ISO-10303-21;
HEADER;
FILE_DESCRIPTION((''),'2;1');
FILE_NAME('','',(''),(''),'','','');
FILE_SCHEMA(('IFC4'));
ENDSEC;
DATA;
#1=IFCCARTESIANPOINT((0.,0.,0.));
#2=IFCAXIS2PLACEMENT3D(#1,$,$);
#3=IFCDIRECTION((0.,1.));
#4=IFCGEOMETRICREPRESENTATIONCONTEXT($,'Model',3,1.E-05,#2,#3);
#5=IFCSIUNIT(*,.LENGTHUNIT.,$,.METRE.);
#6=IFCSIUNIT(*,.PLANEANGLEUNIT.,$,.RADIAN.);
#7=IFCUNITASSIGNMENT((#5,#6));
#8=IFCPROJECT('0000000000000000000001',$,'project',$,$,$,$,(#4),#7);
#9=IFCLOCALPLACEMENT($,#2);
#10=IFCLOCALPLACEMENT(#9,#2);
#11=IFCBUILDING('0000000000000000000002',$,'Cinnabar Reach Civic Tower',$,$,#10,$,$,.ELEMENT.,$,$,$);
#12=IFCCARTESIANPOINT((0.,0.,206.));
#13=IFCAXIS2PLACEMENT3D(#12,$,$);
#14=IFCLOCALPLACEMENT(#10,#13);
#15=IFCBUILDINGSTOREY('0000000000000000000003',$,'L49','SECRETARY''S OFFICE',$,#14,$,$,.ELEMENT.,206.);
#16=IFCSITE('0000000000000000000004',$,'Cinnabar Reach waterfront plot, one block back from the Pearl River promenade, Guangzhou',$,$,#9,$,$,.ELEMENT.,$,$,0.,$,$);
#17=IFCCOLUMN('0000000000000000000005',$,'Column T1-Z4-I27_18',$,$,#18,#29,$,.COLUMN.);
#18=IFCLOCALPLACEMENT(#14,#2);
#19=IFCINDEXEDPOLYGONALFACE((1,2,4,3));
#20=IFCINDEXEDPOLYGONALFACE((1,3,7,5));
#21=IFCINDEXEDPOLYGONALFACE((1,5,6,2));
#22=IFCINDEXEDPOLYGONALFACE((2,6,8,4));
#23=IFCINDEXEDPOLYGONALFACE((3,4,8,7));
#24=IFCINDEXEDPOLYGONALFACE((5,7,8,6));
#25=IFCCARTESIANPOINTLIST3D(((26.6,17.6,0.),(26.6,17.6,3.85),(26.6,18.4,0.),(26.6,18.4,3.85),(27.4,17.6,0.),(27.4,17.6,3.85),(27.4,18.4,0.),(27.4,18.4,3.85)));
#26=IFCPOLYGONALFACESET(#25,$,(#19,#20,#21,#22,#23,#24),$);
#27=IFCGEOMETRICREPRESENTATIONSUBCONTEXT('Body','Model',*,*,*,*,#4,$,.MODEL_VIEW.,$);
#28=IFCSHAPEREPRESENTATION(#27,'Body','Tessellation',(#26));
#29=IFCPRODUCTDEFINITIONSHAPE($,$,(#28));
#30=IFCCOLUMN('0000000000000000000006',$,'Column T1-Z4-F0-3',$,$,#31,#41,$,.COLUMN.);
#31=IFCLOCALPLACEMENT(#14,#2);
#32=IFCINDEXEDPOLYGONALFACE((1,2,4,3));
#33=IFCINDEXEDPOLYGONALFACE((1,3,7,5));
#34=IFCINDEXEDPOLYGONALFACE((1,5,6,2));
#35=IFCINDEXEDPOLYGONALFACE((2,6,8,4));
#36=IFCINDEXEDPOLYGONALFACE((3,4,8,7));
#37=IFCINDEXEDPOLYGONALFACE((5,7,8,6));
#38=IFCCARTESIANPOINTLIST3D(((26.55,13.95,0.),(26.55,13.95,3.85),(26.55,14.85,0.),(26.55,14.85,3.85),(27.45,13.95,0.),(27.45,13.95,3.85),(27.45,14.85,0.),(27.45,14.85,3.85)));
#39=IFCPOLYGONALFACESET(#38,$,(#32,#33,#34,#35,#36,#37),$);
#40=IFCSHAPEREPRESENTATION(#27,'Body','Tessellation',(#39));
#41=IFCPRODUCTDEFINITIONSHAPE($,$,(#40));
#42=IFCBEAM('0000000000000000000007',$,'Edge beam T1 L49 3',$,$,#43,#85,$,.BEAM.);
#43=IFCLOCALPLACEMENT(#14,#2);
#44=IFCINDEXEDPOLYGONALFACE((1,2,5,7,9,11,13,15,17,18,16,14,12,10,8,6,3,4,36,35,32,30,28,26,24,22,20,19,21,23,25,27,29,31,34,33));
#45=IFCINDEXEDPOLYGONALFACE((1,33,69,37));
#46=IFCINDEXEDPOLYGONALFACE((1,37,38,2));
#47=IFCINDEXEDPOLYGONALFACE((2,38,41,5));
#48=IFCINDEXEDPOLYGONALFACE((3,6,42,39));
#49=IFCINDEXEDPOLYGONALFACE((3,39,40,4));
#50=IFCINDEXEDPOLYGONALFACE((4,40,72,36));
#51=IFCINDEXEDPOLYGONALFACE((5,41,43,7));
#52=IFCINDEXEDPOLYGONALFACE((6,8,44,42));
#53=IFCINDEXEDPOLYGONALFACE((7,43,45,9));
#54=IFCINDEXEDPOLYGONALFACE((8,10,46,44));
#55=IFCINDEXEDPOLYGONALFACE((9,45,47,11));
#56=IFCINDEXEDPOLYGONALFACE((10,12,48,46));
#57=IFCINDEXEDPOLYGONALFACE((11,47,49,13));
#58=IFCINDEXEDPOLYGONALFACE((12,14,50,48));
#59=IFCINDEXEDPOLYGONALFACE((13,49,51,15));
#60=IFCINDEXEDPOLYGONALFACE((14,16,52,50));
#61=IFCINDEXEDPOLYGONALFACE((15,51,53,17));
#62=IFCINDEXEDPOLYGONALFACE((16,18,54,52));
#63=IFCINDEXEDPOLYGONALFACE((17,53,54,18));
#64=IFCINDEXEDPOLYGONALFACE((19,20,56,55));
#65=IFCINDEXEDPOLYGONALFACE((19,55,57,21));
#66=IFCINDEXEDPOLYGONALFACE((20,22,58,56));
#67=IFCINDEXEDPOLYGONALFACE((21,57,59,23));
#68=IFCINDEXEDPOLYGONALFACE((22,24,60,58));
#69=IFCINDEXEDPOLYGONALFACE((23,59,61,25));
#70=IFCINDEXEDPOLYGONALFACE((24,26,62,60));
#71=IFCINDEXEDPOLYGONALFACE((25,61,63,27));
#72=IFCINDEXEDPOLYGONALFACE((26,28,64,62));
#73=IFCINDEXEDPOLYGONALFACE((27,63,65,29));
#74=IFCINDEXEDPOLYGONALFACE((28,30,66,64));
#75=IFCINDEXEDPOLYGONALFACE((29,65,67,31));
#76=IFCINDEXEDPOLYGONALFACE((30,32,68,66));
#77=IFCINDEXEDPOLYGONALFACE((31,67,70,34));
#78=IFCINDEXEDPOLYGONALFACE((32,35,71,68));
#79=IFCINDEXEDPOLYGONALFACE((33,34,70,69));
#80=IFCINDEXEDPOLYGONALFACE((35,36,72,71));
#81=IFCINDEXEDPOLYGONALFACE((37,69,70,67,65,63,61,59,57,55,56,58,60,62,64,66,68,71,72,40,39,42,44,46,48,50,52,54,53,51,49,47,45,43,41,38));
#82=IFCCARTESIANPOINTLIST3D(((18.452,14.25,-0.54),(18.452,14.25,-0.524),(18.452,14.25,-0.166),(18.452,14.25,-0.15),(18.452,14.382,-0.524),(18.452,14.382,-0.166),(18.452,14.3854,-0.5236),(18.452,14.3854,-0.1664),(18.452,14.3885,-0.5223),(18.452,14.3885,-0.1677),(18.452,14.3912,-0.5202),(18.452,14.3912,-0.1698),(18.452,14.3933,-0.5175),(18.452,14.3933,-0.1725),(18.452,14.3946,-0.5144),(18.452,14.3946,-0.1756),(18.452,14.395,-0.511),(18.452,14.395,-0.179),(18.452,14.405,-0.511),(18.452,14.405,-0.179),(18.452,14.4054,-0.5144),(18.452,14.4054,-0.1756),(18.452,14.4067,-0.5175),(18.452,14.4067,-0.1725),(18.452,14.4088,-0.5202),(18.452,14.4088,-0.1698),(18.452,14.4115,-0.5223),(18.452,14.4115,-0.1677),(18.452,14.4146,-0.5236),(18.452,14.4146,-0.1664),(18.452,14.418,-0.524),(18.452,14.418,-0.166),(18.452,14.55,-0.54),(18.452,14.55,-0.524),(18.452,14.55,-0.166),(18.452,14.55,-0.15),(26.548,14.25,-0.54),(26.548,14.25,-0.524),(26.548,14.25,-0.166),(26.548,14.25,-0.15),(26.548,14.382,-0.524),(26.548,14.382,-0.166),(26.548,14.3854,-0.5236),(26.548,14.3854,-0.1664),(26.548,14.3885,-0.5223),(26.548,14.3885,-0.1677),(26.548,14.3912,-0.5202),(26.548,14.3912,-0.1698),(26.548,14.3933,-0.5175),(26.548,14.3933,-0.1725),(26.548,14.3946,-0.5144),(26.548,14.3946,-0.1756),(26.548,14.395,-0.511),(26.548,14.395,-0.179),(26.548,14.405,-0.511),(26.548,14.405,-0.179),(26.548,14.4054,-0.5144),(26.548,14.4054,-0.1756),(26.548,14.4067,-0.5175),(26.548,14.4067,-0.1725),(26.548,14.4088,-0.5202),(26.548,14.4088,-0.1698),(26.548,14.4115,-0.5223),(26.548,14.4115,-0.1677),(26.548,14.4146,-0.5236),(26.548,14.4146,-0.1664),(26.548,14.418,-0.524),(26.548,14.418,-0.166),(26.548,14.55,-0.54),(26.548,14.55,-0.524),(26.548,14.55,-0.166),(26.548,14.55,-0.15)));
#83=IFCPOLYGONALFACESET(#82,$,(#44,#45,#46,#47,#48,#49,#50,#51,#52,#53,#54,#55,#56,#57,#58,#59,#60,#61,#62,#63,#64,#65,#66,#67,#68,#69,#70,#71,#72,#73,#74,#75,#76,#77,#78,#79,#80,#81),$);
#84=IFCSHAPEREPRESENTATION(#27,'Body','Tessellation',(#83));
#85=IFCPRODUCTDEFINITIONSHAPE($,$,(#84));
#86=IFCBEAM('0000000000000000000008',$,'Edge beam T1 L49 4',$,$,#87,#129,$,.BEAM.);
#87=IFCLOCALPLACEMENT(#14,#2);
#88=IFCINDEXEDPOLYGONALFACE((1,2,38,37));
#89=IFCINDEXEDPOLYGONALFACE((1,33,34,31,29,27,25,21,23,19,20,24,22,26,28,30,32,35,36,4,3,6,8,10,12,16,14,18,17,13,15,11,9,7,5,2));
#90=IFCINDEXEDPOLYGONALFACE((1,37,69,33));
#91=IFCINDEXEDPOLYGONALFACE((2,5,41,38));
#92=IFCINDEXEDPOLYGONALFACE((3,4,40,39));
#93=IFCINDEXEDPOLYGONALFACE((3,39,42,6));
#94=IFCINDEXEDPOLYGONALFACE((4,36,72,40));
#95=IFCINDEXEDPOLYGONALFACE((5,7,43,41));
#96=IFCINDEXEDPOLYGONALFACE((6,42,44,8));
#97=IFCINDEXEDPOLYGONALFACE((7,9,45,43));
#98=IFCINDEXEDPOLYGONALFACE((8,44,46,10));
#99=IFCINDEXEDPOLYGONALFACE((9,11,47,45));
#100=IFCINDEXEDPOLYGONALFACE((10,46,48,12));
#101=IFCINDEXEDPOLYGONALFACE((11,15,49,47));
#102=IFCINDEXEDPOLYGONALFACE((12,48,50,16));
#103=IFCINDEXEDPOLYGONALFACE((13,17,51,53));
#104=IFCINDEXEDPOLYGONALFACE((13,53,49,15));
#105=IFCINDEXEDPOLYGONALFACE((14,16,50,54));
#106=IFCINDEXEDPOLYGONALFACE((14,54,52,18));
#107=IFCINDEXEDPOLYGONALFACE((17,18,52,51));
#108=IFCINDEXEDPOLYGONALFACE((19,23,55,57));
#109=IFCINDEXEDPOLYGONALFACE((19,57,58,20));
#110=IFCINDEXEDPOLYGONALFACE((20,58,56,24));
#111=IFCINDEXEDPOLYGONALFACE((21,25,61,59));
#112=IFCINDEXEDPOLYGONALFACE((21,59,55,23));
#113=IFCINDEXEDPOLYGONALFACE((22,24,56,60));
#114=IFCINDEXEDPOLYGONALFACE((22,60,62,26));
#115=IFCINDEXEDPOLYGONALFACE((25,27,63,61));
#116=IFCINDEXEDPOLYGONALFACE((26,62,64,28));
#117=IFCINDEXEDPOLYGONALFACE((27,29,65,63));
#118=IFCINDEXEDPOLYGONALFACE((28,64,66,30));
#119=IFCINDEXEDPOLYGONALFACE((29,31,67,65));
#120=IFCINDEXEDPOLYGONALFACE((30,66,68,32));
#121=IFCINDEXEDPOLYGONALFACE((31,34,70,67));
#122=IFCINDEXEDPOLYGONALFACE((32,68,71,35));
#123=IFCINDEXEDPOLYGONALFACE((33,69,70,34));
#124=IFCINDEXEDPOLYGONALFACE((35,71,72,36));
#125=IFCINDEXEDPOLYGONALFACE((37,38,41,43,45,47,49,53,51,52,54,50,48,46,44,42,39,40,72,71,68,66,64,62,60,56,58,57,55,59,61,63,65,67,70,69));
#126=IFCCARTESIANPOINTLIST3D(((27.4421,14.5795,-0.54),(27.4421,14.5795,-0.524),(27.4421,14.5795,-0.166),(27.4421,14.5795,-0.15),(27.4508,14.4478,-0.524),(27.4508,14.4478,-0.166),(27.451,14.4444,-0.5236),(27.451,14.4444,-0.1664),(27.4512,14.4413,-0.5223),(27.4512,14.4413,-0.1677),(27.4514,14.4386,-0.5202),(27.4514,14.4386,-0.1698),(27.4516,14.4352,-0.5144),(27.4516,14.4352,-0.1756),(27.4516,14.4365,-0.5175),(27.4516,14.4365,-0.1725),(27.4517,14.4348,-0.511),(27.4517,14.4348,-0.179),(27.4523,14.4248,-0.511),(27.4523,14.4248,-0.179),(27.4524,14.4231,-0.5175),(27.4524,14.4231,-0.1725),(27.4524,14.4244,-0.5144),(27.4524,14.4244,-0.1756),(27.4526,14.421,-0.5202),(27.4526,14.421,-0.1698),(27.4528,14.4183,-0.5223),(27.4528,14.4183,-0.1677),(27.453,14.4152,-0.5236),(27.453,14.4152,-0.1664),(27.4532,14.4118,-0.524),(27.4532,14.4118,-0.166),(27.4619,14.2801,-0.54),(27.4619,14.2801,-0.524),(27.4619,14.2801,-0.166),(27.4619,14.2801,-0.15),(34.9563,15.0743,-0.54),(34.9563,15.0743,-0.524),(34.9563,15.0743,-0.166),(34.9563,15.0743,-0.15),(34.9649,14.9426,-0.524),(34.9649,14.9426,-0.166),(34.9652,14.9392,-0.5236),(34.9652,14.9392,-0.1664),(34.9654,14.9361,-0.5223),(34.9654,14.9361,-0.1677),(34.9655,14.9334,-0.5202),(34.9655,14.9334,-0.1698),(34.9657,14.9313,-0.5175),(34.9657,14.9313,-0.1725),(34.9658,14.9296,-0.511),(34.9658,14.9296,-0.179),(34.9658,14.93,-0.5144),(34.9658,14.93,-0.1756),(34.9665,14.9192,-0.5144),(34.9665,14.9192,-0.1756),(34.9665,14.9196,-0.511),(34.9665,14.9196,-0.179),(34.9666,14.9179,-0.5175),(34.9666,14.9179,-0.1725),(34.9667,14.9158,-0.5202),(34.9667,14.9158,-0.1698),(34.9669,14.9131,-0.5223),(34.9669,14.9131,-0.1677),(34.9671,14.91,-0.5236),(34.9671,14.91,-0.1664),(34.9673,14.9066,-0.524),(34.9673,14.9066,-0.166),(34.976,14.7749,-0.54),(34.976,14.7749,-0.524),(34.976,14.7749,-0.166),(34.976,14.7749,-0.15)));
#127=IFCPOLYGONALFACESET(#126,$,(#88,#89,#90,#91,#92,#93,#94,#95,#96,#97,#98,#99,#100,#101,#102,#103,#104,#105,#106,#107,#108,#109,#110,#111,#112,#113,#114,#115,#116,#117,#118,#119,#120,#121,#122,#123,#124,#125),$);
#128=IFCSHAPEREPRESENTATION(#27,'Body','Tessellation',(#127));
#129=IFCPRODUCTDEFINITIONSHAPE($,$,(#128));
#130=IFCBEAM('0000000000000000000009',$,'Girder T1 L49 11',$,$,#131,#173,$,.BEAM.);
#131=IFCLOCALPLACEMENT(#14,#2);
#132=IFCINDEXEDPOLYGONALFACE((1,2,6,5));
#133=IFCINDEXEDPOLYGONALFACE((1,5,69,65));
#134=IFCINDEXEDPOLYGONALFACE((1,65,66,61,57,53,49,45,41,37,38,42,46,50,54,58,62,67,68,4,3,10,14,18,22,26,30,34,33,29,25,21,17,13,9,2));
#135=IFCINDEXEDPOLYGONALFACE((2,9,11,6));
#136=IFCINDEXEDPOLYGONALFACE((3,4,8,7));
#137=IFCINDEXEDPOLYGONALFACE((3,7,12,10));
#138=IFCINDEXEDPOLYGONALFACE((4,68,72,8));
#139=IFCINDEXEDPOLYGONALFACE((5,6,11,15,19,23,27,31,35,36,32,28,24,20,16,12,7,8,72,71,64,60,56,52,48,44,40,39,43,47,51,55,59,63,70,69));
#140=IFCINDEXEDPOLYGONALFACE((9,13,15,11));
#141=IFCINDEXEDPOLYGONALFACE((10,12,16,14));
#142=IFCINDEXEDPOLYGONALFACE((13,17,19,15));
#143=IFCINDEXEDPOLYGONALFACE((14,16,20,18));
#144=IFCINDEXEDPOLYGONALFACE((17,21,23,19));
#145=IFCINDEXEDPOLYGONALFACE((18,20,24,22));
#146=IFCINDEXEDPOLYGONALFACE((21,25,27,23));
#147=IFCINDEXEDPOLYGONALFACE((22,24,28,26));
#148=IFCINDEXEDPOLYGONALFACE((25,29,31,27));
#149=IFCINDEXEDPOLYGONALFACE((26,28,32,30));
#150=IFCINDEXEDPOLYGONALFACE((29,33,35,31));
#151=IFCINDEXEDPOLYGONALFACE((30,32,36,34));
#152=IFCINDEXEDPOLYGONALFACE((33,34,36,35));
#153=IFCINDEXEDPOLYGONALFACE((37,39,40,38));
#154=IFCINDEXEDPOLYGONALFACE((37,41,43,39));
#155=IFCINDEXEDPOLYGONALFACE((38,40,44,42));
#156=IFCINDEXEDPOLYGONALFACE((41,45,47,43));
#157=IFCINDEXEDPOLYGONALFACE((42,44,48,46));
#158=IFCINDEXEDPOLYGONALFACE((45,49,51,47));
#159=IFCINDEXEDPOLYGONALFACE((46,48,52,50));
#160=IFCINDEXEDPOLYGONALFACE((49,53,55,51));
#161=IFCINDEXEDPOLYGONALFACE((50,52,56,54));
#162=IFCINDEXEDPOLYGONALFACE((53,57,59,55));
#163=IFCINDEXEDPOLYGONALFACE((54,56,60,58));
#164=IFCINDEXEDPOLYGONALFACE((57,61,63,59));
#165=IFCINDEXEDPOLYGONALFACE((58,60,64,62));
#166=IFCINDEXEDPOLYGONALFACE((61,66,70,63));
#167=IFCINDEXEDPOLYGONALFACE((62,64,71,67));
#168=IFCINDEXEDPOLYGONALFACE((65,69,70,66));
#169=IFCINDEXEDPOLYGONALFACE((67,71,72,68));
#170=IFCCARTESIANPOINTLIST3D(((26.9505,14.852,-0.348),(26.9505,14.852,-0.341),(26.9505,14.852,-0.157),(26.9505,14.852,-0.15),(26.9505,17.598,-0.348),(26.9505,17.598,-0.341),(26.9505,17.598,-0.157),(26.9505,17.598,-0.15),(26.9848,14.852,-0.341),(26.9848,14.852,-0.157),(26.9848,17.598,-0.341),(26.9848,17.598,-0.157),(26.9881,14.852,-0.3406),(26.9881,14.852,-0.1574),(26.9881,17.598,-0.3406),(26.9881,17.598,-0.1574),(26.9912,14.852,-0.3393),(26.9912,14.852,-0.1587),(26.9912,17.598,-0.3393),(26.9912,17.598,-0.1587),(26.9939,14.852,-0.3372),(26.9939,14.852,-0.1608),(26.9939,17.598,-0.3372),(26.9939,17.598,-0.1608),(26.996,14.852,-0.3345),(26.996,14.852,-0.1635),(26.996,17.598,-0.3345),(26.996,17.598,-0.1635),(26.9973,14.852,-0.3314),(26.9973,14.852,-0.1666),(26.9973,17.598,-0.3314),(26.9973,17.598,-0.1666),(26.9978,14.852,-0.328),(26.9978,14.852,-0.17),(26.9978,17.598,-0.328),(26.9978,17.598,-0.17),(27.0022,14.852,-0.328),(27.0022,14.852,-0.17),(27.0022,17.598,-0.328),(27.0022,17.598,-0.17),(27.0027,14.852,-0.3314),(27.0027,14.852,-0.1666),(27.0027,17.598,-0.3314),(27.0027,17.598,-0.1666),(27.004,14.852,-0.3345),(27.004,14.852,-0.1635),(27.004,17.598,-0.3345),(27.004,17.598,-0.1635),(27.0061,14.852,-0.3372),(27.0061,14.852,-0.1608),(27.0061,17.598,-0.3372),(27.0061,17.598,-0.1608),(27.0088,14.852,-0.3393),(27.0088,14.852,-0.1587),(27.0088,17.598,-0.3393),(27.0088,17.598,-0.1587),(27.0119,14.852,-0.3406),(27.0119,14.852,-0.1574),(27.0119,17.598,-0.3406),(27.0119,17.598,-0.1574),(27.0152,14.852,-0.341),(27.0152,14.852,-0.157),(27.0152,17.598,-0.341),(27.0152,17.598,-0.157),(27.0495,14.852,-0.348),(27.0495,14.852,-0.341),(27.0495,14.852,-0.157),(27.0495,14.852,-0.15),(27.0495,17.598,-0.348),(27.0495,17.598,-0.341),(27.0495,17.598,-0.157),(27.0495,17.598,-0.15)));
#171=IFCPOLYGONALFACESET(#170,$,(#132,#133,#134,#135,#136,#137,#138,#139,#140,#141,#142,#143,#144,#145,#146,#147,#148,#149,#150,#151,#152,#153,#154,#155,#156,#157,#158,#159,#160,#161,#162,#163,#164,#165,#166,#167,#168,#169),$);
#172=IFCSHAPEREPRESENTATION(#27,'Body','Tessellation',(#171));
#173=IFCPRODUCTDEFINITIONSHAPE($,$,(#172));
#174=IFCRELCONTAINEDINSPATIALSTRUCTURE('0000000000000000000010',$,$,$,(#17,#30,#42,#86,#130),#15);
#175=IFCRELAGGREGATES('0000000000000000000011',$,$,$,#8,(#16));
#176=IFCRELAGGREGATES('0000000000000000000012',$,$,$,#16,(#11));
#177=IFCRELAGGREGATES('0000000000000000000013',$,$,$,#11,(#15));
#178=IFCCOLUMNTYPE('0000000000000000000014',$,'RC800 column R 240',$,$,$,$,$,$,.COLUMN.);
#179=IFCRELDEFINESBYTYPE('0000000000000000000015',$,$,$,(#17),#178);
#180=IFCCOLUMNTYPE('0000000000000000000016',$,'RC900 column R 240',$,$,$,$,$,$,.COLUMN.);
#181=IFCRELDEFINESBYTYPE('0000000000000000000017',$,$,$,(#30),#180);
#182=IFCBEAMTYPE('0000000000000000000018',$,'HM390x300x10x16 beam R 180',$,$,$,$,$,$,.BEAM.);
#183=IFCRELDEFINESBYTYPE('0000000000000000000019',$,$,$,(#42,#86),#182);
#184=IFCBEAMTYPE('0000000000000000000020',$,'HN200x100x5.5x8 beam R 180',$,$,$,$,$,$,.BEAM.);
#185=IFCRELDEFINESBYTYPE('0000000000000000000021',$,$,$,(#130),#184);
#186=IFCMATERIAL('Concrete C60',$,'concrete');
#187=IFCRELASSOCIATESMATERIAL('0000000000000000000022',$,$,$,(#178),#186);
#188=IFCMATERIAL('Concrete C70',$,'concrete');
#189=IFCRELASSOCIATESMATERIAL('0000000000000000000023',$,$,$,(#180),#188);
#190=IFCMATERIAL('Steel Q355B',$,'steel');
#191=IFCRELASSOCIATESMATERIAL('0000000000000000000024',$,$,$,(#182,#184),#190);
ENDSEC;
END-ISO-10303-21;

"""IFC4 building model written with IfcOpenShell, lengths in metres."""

from ifc_helpers import new_model, si_unit, direction, frame, origin, origin_2d, place, context, subcontext, project, spatial, rectangle, i_section, extrude, material, material_profile, profile_set, type_object, element, save


model = new_model("IFC4")

# Units and contexts
model_context = context("Model", 3, precision=1e-05, world=origin(), true_north=direction((0.0, 1.0)))
body_context = subcontext(model_context, "Body", "Model", "MODEL_VIEW")
ifc_project = project(units=[si_unit("LENGTHUNIT", "METRE"), si_unit("PLANEANGLEUNIT", "RADIAN")], contexts=[model_context])

# Site, building, storey
site_placement = place(None, origin())
site = spatial("IfcSite", under=ifc_project, at=site_placement, Name="Cinnabar Reach waterfront plot, one block back from the Pearl River promenade, Guangzhou", CompositionType="ELEMENT", RefElevation=0.0)
building_placement = place(site_placement, origin())
building = spatial("IfcBuilding", under=site, at=building_placement, Name="Cinnabar Reach Civic Tower", CompositionType="ELEMENT")
storey_placement = place(building_placement, frame((0.0, 0.0, 206.0)))
storey = spatial("IfcBuildingStorey", under=building, at=storey_placement, Name="L49", Description="SECRETARY'S OFFICE", CompositionType="ELEMENT", Elevation=206.0)

# Columns
ifc_material_1 = material(Name="Concrete C60", Category="concrete")
ifc_material_profile_1 = material_profile(ifc_material_1, rectangle(XDim=0.8, YDim=0.8, at=origin_2d()), Name="RC800")
ifc_profile_set_1 = profile_set([ifc_material_profile_1], Name="Concrete C60")
column_type_1 = type_object("IfcColumnType", Name="RC800 column R 240", PredefinedType="COLUMN", material=ifc_profile_set_1)
column_1_placement = place(storey_placement, frame((27.0, 18.0, 0.0), z_axis=(0.0, 0.0, 1.0), x_axis=(1.0, 0.0, 0.0)))
element("IfcColumn", 1, at=column_1_placement, inside=storey, type_object=column_type_1, Name="Column T1-Z4-I27_18", PredefinedType="COLUMN", context=body_context, shape_type="SweptSolid", body=[
    extrude(rectangle(XDim=0.8, YDim=0.8, at=origin_2d()), origin(), (0.0, 0.0, 1.0), 3.85),
])
ifc_material_2 = material(Name="Concrete C70", Category="concrete")
ifc_material_profile_2 = material_profile(ifc_material_2, rectangle(XDim=0.9, YDim=0.9, at=origin_2d()), Name="RC900")
ifc_profile_set_2 = profile_set([ifc_material_profile_2], Name="Concrete C70")
column_type_2 = type_object("IfcColumnType", Name="RC900 column R 240", PredefinedType="COLUMN", material=ifc_profile_set_2)
column_2_placement = place(storey_placement, frame((27.0, 14.4, 0.0), z_axis=(0.0, 0.0, 1.0), x_axis=(1.0, 0.0, 0.0)))
element("IfcColumn", 2, at=column_2_placement, inside=storey, type_object=column_type_2, Name="Column T1-Z4-F0-3", PredefinedType="COLUMN", context=body_context, shape_type="SweptSolid", body=[
    extrude(rectangle(XDim=0.9, YDim=0.9, at=origin_2d()), origin(), (0.0, 0.0, 1.0), 3.85),
])

# Beams
ifc_material_3 = material(Name="Steel Q355B", Category="steel")
ifc_material_profile_3 = material_profile(ifc_material_3, i_section(OverallWidth=0.3, OverallDepth=0.39, WebThickness=0.01, FlangeThickness=0.016, FilletRadius=0.013, at=origin_2d()), Name="HM390x300x10x16")
ifc_profile_set_3 = profile_set([ifc_material_profile_3], Name="Steel Q355B")
beam_type_1 = type_object("IfcBeamType", Name="HM390x300x10x16 beam R 180", PredefinedType="BEAM", material=ifc_profile_set_3)
beam_1_placement = place(storey_placement, frame((18.452, 14.4, -0.345), z_axis=(1.0, 0.0, 0.0), x_axis=(0.0, 1.0, 0.0)))
element("IfcBeam", 3, at=beam_1_placement, inside=storey, type_object=beam_type_1, Name="Edge beam T1 L49 3", PredefinedType="BEAM", context=body_context, shape_type="SweptSolid", body=[
    extrude(i_section(OverallWidth=0.3, OverallDepth=0.39, WebThickness=0.01, FlangeThickness=0.016, FilletRadius=0.013, at=origin_2d()), origin(), (0.0, 0.0, 1.0), 8.096),
])
beam_2_placement = place(storey_placement, frame((27.452, 14.4298, -0.345), z_axis=(0.997839, 0.065707, 0.0), x_axis=(-0.065707, 0.997839, 0.0)))
element("IfcBeam", 4, at=beam_2_placement, inside=storey, type_object=beam_type_1, Name="Edge beam T1 L49 4", PredefinedType="BEAM", context=body_context, shape_type="SweptSolid", body=[
    extrude(i_section(OverallWidth=0.3, OverallDepth=0.39, WebThickness=0.01, FlangeThickness=0.016, FilletRadius=0.013, at=origin_2d()), origin(), (0.0, 0.0, 1.0), 7.5304),
])
ifc_material_profile_4 = material_profile(ifc_material_3, i_section(OverallWidth=0.099, OverallDepth=0.198, WebThickness=0.0045, FlangeThickness=0.007, FilletRadius=0.013, at=origin_2d()), Name="HN200x100x5.5x8")
ifc_profile_set_4 = profile_set([ifc_material_profile_4], Name="Steel Q355B")
beam_type_2 = type_object("IfcBeamType", Name="HN200x100x5.5x8 beam R 180", PredefinedType="BEAM", material=ifc_profile_set_4)
beam_3_placement = place(storey_placement, frame((27.0, 14.852, -0.249), z_axis=(0.0, 1.0, 0.0), x_axis=(-1.0, 0.0, 0.0)))
element("IfcBeam", 5, at=beam_3_placement, inside=storey, type_object=beam_type_2, Name="Girder T1 L49 11", PredefinedType="BEAM", context=body_context, shape_type="SweptSolid", body=[
    extrude(i_section(OverallWidth=0.099, OverallDepth=0.198, WebThickness=0.0045, FlangeThickness=0.007, FilletRadius=0.013, at=origin_2d()), origin(), (0.0, 0.0, 1.0), 2.746),
])

save(model, "model.ifc")
